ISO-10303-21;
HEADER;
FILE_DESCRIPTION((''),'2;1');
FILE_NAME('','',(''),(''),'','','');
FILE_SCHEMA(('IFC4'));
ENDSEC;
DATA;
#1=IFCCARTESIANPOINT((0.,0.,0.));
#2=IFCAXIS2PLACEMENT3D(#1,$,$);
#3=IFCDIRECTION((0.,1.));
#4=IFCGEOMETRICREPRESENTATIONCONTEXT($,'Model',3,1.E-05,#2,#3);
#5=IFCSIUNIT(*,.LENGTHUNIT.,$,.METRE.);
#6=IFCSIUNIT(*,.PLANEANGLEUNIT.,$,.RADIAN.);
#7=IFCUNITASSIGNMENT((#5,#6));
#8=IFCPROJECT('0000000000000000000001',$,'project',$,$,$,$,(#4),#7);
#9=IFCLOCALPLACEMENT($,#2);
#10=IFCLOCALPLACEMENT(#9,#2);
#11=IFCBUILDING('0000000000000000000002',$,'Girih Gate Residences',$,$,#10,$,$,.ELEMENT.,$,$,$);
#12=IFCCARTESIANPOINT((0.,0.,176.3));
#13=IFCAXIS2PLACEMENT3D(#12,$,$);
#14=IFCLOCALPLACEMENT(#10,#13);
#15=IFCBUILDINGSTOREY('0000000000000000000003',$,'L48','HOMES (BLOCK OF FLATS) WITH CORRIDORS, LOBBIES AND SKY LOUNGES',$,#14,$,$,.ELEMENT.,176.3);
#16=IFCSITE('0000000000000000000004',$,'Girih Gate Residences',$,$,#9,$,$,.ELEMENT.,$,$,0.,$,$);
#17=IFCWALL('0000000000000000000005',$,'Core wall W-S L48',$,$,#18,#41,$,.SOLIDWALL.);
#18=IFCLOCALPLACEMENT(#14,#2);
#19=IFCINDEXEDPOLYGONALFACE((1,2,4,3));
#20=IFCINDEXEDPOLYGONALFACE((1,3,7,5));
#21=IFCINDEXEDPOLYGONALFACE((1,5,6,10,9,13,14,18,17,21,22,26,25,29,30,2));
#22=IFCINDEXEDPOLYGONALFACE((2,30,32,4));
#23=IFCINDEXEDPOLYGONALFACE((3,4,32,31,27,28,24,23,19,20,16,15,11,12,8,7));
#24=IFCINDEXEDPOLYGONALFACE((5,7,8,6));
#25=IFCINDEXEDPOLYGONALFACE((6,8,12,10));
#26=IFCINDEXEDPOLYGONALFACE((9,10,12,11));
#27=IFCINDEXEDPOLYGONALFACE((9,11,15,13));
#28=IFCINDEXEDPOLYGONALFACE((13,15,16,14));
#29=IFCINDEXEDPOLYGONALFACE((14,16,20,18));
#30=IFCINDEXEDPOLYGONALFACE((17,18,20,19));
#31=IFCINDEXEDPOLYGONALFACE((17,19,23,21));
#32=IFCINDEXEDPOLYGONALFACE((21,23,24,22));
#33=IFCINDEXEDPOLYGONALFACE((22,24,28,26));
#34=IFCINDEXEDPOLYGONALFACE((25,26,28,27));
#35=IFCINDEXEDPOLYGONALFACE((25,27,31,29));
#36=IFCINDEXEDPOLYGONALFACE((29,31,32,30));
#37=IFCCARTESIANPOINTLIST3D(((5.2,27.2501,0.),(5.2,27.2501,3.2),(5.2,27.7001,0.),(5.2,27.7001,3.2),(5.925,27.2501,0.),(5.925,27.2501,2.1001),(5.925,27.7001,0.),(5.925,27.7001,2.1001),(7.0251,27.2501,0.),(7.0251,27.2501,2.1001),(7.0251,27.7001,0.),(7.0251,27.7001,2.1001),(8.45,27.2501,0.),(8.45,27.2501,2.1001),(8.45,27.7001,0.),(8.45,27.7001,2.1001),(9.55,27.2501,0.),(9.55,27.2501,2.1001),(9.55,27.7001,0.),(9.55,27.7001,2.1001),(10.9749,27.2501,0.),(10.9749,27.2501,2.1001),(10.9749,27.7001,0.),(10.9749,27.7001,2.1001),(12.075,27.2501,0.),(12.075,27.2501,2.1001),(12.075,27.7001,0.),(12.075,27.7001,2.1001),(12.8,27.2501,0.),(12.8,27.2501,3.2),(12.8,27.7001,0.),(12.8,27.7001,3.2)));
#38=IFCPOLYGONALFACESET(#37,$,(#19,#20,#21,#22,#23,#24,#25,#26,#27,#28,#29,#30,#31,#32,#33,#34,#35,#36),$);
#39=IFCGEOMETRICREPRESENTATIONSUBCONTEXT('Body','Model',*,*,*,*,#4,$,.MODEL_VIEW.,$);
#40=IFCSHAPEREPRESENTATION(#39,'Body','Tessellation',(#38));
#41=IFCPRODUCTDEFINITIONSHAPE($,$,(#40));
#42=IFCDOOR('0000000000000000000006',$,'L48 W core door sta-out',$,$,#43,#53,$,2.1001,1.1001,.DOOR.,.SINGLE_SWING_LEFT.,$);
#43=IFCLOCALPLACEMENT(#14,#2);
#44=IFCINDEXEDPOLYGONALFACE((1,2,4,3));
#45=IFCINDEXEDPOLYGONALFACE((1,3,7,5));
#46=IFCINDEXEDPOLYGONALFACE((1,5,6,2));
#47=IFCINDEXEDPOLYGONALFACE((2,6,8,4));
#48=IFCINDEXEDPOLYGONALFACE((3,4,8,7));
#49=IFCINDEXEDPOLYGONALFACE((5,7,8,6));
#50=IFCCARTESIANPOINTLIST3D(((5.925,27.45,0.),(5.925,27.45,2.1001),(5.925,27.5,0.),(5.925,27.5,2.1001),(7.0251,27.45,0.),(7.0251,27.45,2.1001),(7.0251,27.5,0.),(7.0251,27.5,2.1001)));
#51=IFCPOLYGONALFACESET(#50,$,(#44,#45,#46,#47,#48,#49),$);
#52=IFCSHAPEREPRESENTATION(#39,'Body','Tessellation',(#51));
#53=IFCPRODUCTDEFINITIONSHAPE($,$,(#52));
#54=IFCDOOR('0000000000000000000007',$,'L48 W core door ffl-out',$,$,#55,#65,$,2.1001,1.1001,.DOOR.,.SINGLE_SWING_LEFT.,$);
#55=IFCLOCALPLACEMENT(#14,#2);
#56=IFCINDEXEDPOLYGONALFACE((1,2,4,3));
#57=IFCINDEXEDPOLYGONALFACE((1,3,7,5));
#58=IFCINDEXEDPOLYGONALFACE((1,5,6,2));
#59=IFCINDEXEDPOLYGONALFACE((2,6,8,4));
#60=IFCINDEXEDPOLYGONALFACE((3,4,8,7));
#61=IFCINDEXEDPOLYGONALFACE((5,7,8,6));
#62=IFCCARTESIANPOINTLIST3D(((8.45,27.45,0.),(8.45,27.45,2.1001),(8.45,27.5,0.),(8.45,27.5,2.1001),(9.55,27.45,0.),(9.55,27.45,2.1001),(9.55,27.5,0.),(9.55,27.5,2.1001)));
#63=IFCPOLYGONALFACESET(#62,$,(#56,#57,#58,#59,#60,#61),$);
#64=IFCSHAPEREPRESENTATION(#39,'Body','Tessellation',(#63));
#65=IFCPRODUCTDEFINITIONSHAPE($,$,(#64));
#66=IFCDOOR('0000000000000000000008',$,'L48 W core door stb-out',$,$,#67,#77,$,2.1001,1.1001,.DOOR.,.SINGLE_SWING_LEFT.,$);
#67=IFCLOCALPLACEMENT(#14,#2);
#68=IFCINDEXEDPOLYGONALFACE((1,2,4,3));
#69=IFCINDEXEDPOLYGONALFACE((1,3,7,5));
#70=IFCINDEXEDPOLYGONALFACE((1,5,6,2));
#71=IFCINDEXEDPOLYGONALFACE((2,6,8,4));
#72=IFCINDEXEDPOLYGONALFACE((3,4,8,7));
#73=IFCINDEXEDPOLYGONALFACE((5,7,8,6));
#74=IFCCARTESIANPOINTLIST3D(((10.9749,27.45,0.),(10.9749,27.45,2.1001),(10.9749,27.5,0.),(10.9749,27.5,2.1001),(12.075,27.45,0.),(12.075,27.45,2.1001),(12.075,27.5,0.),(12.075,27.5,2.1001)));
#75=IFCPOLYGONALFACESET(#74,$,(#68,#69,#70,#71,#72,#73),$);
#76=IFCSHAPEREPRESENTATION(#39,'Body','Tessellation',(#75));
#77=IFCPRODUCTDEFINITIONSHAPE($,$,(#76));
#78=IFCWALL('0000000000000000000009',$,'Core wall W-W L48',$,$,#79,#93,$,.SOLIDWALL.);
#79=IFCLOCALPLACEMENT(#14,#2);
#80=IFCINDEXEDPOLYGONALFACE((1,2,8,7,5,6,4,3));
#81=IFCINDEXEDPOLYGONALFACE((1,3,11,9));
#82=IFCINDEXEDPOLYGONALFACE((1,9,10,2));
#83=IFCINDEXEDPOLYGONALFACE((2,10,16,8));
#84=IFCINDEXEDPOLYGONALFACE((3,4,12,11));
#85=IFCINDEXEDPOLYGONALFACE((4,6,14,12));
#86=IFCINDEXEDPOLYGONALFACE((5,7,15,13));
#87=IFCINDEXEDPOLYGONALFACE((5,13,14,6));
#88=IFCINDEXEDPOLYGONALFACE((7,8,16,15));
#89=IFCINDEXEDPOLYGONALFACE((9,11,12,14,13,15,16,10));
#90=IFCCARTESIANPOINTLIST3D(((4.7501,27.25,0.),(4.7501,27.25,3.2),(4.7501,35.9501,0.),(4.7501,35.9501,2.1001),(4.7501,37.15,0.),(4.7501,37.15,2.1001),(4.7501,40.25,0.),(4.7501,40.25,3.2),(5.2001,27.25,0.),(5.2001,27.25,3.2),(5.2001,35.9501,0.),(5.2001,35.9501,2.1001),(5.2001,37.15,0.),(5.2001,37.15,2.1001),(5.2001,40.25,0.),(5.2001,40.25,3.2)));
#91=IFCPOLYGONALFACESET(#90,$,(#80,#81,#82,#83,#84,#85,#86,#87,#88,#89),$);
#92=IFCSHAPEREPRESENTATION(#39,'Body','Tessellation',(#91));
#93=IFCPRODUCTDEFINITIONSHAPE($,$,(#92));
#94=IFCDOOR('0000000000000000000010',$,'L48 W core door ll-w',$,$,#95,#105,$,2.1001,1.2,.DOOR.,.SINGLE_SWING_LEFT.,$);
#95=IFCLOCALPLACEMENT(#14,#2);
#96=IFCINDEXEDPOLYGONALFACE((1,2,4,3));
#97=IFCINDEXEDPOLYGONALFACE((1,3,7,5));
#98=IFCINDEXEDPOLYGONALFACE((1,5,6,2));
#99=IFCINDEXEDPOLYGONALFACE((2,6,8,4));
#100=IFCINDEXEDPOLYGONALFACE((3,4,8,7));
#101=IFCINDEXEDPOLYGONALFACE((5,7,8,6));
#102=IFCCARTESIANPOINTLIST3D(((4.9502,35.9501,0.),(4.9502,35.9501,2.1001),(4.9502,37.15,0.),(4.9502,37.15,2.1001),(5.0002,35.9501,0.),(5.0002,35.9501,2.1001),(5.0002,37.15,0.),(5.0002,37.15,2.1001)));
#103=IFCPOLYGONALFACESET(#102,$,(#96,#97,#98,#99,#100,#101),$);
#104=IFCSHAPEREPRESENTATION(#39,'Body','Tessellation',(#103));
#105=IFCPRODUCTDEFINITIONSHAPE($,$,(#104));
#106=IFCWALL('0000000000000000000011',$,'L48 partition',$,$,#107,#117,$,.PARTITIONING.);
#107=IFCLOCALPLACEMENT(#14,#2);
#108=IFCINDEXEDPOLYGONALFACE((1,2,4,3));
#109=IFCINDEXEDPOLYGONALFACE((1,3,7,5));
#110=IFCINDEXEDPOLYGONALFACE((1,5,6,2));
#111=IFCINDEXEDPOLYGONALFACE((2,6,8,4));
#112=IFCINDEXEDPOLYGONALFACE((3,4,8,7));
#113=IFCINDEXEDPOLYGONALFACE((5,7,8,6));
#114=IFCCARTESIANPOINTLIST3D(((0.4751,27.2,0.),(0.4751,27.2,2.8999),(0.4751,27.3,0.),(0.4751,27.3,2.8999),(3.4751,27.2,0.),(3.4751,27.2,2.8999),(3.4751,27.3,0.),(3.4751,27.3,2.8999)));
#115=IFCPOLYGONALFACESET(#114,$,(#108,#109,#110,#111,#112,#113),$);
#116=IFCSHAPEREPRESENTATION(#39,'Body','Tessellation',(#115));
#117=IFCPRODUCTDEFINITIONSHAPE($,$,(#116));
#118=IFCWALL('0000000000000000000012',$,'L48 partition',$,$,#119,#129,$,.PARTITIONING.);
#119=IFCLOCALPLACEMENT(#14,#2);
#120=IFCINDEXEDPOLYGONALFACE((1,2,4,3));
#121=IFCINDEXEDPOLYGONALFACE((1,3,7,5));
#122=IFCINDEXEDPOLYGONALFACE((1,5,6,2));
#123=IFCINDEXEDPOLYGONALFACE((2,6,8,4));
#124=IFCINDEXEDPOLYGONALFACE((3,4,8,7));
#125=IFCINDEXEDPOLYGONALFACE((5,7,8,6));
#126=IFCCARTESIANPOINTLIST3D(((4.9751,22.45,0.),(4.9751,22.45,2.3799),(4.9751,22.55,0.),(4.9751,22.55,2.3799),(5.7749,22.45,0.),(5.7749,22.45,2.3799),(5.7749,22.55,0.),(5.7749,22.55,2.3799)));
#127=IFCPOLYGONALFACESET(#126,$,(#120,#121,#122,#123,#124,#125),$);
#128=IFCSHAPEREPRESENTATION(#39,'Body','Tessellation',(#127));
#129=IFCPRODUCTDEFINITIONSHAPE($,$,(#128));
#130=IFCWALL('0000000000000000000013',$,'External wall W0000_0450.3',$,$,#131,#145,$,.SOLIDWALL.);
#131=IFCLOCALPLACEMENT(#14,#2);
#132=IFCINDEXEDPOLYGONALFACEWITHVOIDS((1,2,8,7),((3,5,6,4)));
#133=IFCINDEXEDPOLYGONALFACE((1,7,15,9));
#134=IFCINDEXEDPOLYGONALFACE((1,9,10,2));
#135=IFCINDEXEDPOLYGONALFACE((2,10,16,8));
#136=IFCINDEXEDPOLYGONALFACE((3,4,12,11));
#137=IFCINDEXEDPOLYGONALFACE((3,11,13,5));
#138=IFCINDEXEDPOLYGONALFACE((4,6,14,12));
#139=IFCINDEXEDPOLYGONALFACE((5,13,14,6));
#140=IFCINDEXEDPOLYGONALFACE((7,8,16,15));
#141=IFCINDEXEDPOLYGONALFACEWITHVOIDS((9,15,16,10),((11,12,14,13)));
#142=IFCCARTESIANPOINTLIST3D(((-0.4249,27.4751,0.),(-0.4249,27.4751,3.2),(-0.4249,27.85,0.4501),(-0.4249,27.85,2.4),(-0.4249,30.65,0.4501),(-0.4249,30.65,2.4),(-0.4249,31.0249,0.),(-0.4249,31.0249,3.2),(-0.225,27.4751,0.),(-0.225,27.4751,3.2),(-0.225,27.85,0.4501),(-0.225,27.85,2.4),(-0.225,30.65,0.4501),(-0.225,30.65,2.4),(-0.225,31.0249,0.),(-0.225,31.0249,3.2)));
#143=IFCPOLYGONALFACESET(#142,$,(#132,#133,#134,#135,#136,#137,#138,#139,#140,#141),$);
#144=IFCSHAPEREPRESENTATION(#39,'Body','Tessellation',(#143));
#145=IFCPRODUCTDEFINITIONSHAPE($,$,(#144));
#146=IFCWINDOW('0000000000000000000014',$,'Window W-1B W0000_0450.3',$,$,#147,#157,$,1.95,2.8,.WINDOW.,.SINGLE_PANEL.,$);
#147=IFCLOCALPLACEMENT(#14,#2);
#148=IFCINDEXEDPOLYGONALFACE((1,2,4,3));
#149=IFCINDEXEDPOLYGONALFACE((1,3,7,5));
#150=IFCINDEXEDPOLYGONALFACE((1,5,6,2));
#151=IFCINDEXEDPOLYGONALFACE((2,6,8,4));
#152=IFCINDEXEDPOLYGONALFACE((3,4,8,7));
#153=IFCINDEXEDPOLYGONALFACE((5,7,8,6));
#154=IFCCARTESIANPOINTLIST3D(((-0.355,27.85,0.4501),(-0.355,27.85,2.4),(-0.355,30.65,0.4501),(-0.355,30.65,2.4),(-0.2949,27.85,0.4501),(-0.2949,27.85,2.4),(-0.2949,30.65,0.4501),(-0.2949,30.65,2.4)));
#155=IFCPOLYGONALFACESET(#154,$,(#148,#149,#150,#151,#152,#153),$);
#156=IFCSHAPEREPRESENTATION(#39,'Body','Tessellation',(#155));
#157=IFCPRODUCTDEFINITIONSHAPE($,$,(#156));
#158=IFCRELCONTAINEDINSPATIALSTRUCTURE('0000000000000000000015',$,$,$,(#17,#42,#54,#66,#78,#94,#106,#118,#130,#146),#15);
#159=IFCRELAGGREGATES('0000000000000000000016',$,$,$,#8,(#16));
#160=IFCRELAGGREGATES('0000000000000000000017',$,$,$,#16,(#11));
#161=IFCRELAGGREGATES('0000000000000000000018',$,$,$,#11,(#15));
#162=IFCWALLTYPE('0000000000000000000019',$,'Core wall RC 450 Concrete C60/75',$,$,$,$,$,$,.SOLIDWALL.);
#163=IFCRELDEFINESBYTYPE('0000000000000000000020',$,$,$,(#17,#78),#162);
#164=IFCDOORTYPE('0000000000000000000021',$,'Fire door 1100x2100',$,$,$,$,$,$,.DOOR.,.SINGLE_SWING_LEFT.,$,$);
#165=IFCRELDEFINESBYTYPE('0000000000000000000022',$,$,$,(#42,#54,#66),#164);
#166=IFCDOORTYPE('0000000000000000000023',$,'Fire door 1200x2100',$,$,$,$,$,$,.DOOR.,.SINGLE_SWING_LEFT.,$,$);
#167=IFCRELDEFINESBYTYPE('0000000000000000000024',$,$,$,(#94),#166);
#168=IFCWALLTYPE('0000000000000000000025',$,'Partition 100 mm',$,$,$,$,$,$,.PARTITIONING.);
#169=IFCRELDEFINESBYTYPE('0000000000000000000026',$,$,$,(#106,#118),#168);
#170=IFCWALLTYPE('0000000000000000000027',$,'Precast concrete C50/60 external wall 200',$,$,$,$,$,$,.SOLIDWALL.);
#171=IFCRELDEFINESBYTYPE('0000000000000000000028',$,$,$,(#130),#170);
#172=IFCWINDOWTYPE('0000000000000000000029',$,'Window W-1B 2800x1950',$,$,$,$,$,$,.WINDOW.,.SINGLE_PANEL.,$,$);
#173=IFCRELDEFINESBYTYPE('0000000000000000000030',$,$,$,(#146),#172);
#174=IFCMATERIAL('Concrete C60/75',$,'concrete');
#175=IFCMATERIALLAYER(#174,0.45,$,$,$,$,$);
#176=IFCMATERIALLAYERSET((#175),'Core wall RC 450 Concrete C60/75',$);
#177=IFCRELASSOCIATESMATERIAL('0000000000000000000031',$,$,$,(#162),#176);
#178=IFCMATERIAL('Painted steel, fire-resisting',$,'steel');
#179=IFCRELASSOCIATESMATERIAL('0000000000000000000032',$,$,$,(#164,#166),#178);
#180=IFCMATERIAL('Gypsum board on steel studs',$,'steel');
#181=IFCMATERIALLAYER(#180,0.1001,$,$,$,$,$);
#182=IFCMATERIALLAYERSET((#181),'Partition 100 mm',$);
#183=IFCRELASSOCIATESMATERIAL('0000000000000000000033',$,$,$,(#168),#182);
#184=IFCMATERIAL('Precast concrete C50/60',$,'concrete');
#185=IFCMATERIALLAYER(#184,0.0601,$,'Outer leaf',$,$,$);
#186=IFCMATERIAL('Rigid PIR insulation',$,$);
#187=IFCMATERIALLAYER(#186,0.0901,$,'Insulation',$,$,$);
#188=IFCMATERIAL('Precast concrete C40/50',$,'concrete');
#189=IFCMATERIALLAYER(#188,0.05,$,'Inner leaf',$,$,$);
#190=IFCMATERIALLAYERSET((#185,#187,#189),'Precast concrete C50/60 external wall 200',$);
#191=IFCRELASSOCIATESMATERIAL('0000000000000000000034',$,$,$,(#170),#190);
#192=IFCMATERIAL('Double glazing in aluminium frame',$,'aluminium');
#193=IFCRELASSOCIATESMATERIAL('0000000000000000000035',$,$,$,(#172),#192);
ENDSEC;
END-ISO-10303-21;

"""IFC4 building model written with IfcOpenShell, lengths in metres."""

from ifc_helpers import new_model, si_unit, direction, frame, frame_2d, origin, place, context, subcontext, project, spatial, rectangle, extrude, material, layer, layer_set, type_object, element, fill, save


model = new_model("IFC4")

# Units and contexts
model_context = context("Model", 3, precision=1e-05, world=origin(), true_north=direction((0.0, 1.0)))
body_context = subcontext(model_context, "Body", "Model", "MODEL_VIEW")
ifc_project = project(units=[si_unit("LENGTHUNIT", "METRE"), si_unit("PLANEANGLEUNIT", "RADIAN")], contexts=[model_context])

# Site, building, storey
site_placement = place(None, origin())
site = spatial("IfcSite", under=ifc_project, at=site_placement, Name="Girih Gate Residences", CompositionType="ELEMENT", RefElevation=0.0)
building_placement = place(site_placement, origin())
building = spatial("IfcBuilding", under=site, at=building_placement, Name="Girih Gate Residences", CompositionType="ELEMENT")
storey_placement = place(building_placement, frame((0.0, 0.0, 176.3)))
storey = spatial("IfcBuildingStorey", under=building, at=storey_placement, Name="L48", Description="HOMES (BLOCK OF FLATS) WITH CORRIDORS, LOBBIES AND SKY LOUNGES", CompositionType="ELEMENT", Elevation=176.3)

# Shared definitions
ifc_material_1 = material(Name="Concrete C60/75", Category="concrete")

# Shared definitions
ifc_material_2 = material(Name="Gypsum board on steel studs", Category="steel")

# Wall, openings, doors
ifc_layer_1 = layer(ifc_material_1, 0.45)
ifc_layer_set_1 = layer_set([ifc_layer_1], Name="Core wall RC 450 Concrete C60/75")
wall_type_1 = type_object("IfcWallType", Name="Core wall RC 450 Concrete C60/75", PredefinedType="SOLIDWALL", material=ifc_layer_set_1)
wall_1_placement = place(storey_placement, frame((5.2, 27.4751, 0.0), z_axis=(0.0, 0.0, 1.0), x_axis=(1.0, 0.0, 0.0)))
wall_1 = element("IfcWall", 1, at=wall_1_placement, inside=storey, type_object=wall_type_1, Name="Core wall W-S L48", PredefinedType="SOLIDWALL", context=body_context, shape_type="SweptSolid", body=[
    extrude(rectangle(XDim=7.6001, YDim=0.45, at=frame_2d((3.8, 0.0))), origin(), (0.0, 0.0, 1.0), 3.2),
])
opening_1_placement = place(wall_1_placement, frame((0.7251, 0.0, 0.0)))
opening_1 = element("IfcOpeningElement", 2, at=opening_1_placement, cuts=wall_1, PredefinedType="OPENING", context=body_context, shape_type="SweptSolid", body=[
    extrude(rectangle(XDim=1.1001, YDim=2.1001, at=frame_2d((0.55, 1.05))), frame((0.0, 0.2349, 0.0), z_axis=(0.0, -1.0, 0.0), x_axis=(1.0, 0.0, 0.0)), (0.0, 0.0, 1.0), 0.47),
])
opening_2_placement = place(wall_1_placement, frame((3.25, 0.0, 0.0)))
opening_2 = element("IfcOpeningElement", 3, at=opening_2_placement, cuts=wall_1, PredefinedType="OPENING", context=body_context, shape_type="SweptSolid", body=[
    extrude(rectangle(XDim=1.1001, YDim=2.1001, at=frame_2d((0.55, 1.05))), frame((0.0, 0.2349, 0.0), z_axis=(0.0, -1.0, 0.0), x_axis=(1.0, 0.0, 0.0)), (0.0, 0.0, 1.0), 0.47),
])
opening_3_placement = place(wall_1_placement, frame((5.7749, 0.0, 0.0)))
opening_3 = element("IfcOpeningElement", 4, at=opening_3_placement, cuts=wall_1, PredefinedType="OPENING", context=body_context, shape_type="SweptSolid", body=[
    extrude(rectangle(XDim=1.1001, YDim=2.1001, at=frame_2d((0.55, 1.05))), frame((0.0, 0.2349, 0.0), z_axis=(0.0, -1.0, 0.0), x_axis=(1.0, 0.0, 0.0)), (0.0, 0.0, 1.0), 0.47),
])
ifc_material_3 = material(Name="Painted steel, fire-resisting", Category="steel")
door_type_1 = type_object("IfcDoorType", Name="Fire door 1100x2100", OperationType="SINGLE_SWING_LEFT", PredefinedType="DOOR", material=ifc_material_3)
door_1_placement = place(opening_1_placement, origin())
door_1 = element("IfcDoor", 5, at=door_1_placement, inside=storey, type_object=door_type_1, Name="L48 W core door sta-out", OperationType="SINGLE_SWING_LEFT", OverallHeight=2.1001, OverallWidth=1.1001, PredefinedType="DOOR", context=body_context, shape_type="SweptSolid", body=[
    extrude(rectangle(XDim=1.1001, YDim=2.1001, at=frame_2d((0.55, 1.05))), frame((0.0, 0.0249, 0.0), z_axis=(0.0, -1.0, 0.0), x_axis=(1.0, 0.0, 0.0)), (0.0, 0.0, 1.0), 0.05),
])
fill(opening_1, door_1)
door_2_placement = place(opening_2_placement, origin())
door_2 = element("IfcDoor", 6, at=door_2_placement, inside=storey, type_object=door_type_1, Name="L48 W core door ffl-out", OperationType="SINGLE_SWING_LEFT", OverallHeight=2.1001, OverallWidth=1.1001, PredefinedType="DOOR", context=body_context, shape_type="SweptSolid", body=[
    extrude(rectangle(XDim=1.1001, YDim=2.1001, at=frame_2d((0.55, 1.05))), frame((0.0, 0.0249, 0.0), z_axis=(0.0, -1.0, 0.0), x_axis=(1.0, 0.0, 0.0)), (0.0, 0.0, 1.0), 0.05),
])
fill(opening_2, door_2)
door_3_placement = place(opening_3_placement, origin())
door_3 = element("IfcDoor", 7, at=door_3_placement, inside=storey, type_object=door_type_1, Name="L48 W core door stb-out", OperationType="SINGLE_SWING_LEFT", OverallHeight=2.1001, OverallWidth=1.1001, PredefinedType="DOOR", context=body_context, shape_type="SweptSolid", body=[
    extrude(rectangle(XDim=1.1001, YDim=2.1001, at=frame_2d((0.55, 1.05))), frame((0.0, 0.0249, 0.0), z_axis=(0.0, -1.0, 0.0), x_axis=(1.0, 0.0, 0.0)), (0.0, 0.0, 1.0), 0.05),
])
fill(opening_3, door_3)

# Wall, opening, door
wall_2_placement = place(storey_placement, frame((4.9751, 27.25, 0.0), z_axis=(0.0, 0.0, 1.0), x_axis=(0.0, 1.0, 0.0)))
wall_2 = element("IfcWall", 8, at=wall_2_placement, inside=storey, type_object=wall_type_1, Name="Core wall W-W L48", PredefinedType="SOLIDWALL", context=body_context, shape_type="SweptSolid", body=[
    extrude(rectangle(XDim=13.0, YDim=0.45, at=frame_2d((6.5, 0.0))), origin(), (0.0, 0.0, 1.0), 3.2),
])
opening_4_placement = place(wall_2_placement, frame((8.7, 0.0, 0.0)))
opening_4 = element("IfcOpeningElement", 9, at=opening_4_placement, cuts=wall_2, PredefinedType="OPENING", context=body_context, shape_type="SweptSolid", body=[
    extrude(rectangle(XDim=1.2, YDim=2.1001, at=frame_2d((0.6001, 1.05))), frame((0.0, 0.2349, 0.0), z_axis=(0.0, -1.0, 0.0), x_axis=(1.0, 0.0, 0.0)), (0.0, 0.0, 1.0), 0.47),
])
door_type_2 = type_object("IfcDoorType", Name="Fire door 1200x2100", OperationType="SINGLE_SWING_LEFT", PredefinedType="DOOR", material=ifc_material_3)
door_4_placement = place(opening_4_placement, origin())
door_4 = element("IfcDoor", 10, at=door_4_placement, inside=storey, type_object=door_type_2, Name="L48 W core door ll-w", OperationType="SINGLE_SWING_LEFT", OverallHeight=2.1001, OverallWidth=1.2, PredefinedType="DOOR", context=body_context, shape_type="SweptSolid", body=[
    extrude(rectangle(XDim=1.2, YDim=2.1001, at=frame_2d((0.6001, 1.05))), frame((0.0, 0.0249, 0.0), z_axis=(0.0, -1.0, 0.0), x_axis=(1.0, 0.0, 0.0)), (0.0, 0.0, 1.0), 0.05),
])
fill(opening_4, door_4)

# Walls
ifc_layer_2 = layer(ifc_material_2, 0.1001)
ifc_layer_set_2 = layer_set([ifc_layer_2], Name="Partition 100 mm")
wall_type_2 = type_object("IfcWallType", Name="Partition 100 mm", PredefinedType="PARTITIONING", material=ifc_layer_set_2)
wall_3_placement = place(storey_placement, frame((0.4751, 27.25, 0.0), z_axis=(0.0, 0.0, 1.0), x_axis=(1.0, 0.0, 0.0)))
element("IfcWall", 11, at=wall_3_placement, inside=storey, type_object=wall_type_2, Name="L48 partition", PredefinedType="PARTITIONING", context=body_context, shape_type="SweptSolid", body=[
    extrude(rectangle(XDim=3.0, YDim=0.1001, at=frame_2d((1.5, 0.0))), origin(), (0.0, 0.0, 1.0), 2.8999),
])
wall_4_placement = place(storey_placement, frame((4.9751, 22.5, 0.0), z_axis=(0.0, 0.0, 1.0), x_axis=(1.0, 0.0, 0.0)))
element("IfcWall", 12, at=wall_4_placement, inside=storey, type_object=wall_type_2, Name="L48 partition", PredefinedType="PARTITIONING", context=body_context, shape_type="SweptSolid", body=[
    extrude(rectangle(XDim=0.7998, YDim=0.1001, at=frame_2d((0.3999, 0.0))), origin(), (0.0, 0.0, 1.0), 2.3799),
])

# Wall, opening, window
ifc_material_4 = material(Name="Precast concrete C50/60", Category="concrete")
ifc_layer_3 = layer(ifc_material_4, 0.0601, Name="Outer leaf")
ifc_material_5 = material(Name="Rigid PIR insulation")
ifc_layer_4 = layer(ifc_material_5, 0.0901, Name="Insulation")
ifc_material_6 = material(Name="Precast concrete C40/50", Category="concrete")
ifc_layer_5 = layer(ifc_material_6, 0.05, Name="Inner leaf")
ifc_layer_set_3 = layer_set([ifc_layer_3, ifc_layer_4, ifc_layer_5], Name="Precast concrete C50/60 external wall 200")
wall_type_3 = type_object("IfcWallType", Name="Precast concrete C50/60 external wall 200", PredefinedType="SOLIDWALL", material=ifc_layer_set_3)
wall_5_placement = place(storey_placement, frame((-0.325, 27.4751, 0.0), z_axis=(0.0, 0.0, 1.0), x_axis=(0.0, 1.0, 0.0)))
wall_5 = element("IfcWall", 13, at=wall_5_placement, inside=storey, type_object=wall_type_3, Name="External wall W0000_0450.3", PredefinedType="SOLIDWALL", context=body_context, shape_type="SweptSolid", body=[
    extrude(rectangle(XDim=3.5498, YDim=0.2, at=frame_2d((1.7749, 0.0))), origin(), (0.0, 0.0, 1.0), 3.2),
])
opening_5_placement = place(wall_5_placement, frame((0.375, 0.0, 0.45)))
opening_5 = element("IfcOpeningElement", 14, at=opening_5_placement, cuts=wall_5, PredefinedType="OPENING", context=body_context, shape_type="SweptSolid", body=[
    extrude(rectangle(XDim=2.8, YDim=1.95, at=frame_2d((1.3999, 0.9751))), frame((0.0, 0.1099, 0.0), z_axis=(0.0, -1.0, 0.0), x_axis=(1.0, 0.0, 0.0)), (0.0, 0.0, 1.0), 0.22),
])
ifc_material_7 = material(Name="Double glazing in aluminium frame", Category="aluminium")
window_type = type_object("IfcWindowType", Name="Window W-1B 2800x1950", PartitioningType="SINGLE_PANEL", PredefinedType="WINDOW", material=ifc_material_7)
window_1_placement = place(opening_5_placement, origin())
window_1 = element("IfcWindow", 15, at=window_1_placement, inside=storey, type_object=window_type, Name="Window W-1B W0000_0450.3", OverallHeight=1.95, OverallWidth=2.8, PartitioningType="SINGLE_PANEL", PredefinedType="WINDOW", context=body_context, shape_type="SweptSolid", body=[
    extrude(rectangle(XDim=2.8, YDim=1.95, at=frame_2d((1.3999, 0.9751))), frame((0.0, 0.03, 0.0), z_axis=(0.0, -1.0, 0.0), x_axis=(1.0, 0.0, 0.0)), (0.0, 0.0, 1.0), 0.0601),
])
fill(opening_5, window_1)

save(model, "model.ifc")
